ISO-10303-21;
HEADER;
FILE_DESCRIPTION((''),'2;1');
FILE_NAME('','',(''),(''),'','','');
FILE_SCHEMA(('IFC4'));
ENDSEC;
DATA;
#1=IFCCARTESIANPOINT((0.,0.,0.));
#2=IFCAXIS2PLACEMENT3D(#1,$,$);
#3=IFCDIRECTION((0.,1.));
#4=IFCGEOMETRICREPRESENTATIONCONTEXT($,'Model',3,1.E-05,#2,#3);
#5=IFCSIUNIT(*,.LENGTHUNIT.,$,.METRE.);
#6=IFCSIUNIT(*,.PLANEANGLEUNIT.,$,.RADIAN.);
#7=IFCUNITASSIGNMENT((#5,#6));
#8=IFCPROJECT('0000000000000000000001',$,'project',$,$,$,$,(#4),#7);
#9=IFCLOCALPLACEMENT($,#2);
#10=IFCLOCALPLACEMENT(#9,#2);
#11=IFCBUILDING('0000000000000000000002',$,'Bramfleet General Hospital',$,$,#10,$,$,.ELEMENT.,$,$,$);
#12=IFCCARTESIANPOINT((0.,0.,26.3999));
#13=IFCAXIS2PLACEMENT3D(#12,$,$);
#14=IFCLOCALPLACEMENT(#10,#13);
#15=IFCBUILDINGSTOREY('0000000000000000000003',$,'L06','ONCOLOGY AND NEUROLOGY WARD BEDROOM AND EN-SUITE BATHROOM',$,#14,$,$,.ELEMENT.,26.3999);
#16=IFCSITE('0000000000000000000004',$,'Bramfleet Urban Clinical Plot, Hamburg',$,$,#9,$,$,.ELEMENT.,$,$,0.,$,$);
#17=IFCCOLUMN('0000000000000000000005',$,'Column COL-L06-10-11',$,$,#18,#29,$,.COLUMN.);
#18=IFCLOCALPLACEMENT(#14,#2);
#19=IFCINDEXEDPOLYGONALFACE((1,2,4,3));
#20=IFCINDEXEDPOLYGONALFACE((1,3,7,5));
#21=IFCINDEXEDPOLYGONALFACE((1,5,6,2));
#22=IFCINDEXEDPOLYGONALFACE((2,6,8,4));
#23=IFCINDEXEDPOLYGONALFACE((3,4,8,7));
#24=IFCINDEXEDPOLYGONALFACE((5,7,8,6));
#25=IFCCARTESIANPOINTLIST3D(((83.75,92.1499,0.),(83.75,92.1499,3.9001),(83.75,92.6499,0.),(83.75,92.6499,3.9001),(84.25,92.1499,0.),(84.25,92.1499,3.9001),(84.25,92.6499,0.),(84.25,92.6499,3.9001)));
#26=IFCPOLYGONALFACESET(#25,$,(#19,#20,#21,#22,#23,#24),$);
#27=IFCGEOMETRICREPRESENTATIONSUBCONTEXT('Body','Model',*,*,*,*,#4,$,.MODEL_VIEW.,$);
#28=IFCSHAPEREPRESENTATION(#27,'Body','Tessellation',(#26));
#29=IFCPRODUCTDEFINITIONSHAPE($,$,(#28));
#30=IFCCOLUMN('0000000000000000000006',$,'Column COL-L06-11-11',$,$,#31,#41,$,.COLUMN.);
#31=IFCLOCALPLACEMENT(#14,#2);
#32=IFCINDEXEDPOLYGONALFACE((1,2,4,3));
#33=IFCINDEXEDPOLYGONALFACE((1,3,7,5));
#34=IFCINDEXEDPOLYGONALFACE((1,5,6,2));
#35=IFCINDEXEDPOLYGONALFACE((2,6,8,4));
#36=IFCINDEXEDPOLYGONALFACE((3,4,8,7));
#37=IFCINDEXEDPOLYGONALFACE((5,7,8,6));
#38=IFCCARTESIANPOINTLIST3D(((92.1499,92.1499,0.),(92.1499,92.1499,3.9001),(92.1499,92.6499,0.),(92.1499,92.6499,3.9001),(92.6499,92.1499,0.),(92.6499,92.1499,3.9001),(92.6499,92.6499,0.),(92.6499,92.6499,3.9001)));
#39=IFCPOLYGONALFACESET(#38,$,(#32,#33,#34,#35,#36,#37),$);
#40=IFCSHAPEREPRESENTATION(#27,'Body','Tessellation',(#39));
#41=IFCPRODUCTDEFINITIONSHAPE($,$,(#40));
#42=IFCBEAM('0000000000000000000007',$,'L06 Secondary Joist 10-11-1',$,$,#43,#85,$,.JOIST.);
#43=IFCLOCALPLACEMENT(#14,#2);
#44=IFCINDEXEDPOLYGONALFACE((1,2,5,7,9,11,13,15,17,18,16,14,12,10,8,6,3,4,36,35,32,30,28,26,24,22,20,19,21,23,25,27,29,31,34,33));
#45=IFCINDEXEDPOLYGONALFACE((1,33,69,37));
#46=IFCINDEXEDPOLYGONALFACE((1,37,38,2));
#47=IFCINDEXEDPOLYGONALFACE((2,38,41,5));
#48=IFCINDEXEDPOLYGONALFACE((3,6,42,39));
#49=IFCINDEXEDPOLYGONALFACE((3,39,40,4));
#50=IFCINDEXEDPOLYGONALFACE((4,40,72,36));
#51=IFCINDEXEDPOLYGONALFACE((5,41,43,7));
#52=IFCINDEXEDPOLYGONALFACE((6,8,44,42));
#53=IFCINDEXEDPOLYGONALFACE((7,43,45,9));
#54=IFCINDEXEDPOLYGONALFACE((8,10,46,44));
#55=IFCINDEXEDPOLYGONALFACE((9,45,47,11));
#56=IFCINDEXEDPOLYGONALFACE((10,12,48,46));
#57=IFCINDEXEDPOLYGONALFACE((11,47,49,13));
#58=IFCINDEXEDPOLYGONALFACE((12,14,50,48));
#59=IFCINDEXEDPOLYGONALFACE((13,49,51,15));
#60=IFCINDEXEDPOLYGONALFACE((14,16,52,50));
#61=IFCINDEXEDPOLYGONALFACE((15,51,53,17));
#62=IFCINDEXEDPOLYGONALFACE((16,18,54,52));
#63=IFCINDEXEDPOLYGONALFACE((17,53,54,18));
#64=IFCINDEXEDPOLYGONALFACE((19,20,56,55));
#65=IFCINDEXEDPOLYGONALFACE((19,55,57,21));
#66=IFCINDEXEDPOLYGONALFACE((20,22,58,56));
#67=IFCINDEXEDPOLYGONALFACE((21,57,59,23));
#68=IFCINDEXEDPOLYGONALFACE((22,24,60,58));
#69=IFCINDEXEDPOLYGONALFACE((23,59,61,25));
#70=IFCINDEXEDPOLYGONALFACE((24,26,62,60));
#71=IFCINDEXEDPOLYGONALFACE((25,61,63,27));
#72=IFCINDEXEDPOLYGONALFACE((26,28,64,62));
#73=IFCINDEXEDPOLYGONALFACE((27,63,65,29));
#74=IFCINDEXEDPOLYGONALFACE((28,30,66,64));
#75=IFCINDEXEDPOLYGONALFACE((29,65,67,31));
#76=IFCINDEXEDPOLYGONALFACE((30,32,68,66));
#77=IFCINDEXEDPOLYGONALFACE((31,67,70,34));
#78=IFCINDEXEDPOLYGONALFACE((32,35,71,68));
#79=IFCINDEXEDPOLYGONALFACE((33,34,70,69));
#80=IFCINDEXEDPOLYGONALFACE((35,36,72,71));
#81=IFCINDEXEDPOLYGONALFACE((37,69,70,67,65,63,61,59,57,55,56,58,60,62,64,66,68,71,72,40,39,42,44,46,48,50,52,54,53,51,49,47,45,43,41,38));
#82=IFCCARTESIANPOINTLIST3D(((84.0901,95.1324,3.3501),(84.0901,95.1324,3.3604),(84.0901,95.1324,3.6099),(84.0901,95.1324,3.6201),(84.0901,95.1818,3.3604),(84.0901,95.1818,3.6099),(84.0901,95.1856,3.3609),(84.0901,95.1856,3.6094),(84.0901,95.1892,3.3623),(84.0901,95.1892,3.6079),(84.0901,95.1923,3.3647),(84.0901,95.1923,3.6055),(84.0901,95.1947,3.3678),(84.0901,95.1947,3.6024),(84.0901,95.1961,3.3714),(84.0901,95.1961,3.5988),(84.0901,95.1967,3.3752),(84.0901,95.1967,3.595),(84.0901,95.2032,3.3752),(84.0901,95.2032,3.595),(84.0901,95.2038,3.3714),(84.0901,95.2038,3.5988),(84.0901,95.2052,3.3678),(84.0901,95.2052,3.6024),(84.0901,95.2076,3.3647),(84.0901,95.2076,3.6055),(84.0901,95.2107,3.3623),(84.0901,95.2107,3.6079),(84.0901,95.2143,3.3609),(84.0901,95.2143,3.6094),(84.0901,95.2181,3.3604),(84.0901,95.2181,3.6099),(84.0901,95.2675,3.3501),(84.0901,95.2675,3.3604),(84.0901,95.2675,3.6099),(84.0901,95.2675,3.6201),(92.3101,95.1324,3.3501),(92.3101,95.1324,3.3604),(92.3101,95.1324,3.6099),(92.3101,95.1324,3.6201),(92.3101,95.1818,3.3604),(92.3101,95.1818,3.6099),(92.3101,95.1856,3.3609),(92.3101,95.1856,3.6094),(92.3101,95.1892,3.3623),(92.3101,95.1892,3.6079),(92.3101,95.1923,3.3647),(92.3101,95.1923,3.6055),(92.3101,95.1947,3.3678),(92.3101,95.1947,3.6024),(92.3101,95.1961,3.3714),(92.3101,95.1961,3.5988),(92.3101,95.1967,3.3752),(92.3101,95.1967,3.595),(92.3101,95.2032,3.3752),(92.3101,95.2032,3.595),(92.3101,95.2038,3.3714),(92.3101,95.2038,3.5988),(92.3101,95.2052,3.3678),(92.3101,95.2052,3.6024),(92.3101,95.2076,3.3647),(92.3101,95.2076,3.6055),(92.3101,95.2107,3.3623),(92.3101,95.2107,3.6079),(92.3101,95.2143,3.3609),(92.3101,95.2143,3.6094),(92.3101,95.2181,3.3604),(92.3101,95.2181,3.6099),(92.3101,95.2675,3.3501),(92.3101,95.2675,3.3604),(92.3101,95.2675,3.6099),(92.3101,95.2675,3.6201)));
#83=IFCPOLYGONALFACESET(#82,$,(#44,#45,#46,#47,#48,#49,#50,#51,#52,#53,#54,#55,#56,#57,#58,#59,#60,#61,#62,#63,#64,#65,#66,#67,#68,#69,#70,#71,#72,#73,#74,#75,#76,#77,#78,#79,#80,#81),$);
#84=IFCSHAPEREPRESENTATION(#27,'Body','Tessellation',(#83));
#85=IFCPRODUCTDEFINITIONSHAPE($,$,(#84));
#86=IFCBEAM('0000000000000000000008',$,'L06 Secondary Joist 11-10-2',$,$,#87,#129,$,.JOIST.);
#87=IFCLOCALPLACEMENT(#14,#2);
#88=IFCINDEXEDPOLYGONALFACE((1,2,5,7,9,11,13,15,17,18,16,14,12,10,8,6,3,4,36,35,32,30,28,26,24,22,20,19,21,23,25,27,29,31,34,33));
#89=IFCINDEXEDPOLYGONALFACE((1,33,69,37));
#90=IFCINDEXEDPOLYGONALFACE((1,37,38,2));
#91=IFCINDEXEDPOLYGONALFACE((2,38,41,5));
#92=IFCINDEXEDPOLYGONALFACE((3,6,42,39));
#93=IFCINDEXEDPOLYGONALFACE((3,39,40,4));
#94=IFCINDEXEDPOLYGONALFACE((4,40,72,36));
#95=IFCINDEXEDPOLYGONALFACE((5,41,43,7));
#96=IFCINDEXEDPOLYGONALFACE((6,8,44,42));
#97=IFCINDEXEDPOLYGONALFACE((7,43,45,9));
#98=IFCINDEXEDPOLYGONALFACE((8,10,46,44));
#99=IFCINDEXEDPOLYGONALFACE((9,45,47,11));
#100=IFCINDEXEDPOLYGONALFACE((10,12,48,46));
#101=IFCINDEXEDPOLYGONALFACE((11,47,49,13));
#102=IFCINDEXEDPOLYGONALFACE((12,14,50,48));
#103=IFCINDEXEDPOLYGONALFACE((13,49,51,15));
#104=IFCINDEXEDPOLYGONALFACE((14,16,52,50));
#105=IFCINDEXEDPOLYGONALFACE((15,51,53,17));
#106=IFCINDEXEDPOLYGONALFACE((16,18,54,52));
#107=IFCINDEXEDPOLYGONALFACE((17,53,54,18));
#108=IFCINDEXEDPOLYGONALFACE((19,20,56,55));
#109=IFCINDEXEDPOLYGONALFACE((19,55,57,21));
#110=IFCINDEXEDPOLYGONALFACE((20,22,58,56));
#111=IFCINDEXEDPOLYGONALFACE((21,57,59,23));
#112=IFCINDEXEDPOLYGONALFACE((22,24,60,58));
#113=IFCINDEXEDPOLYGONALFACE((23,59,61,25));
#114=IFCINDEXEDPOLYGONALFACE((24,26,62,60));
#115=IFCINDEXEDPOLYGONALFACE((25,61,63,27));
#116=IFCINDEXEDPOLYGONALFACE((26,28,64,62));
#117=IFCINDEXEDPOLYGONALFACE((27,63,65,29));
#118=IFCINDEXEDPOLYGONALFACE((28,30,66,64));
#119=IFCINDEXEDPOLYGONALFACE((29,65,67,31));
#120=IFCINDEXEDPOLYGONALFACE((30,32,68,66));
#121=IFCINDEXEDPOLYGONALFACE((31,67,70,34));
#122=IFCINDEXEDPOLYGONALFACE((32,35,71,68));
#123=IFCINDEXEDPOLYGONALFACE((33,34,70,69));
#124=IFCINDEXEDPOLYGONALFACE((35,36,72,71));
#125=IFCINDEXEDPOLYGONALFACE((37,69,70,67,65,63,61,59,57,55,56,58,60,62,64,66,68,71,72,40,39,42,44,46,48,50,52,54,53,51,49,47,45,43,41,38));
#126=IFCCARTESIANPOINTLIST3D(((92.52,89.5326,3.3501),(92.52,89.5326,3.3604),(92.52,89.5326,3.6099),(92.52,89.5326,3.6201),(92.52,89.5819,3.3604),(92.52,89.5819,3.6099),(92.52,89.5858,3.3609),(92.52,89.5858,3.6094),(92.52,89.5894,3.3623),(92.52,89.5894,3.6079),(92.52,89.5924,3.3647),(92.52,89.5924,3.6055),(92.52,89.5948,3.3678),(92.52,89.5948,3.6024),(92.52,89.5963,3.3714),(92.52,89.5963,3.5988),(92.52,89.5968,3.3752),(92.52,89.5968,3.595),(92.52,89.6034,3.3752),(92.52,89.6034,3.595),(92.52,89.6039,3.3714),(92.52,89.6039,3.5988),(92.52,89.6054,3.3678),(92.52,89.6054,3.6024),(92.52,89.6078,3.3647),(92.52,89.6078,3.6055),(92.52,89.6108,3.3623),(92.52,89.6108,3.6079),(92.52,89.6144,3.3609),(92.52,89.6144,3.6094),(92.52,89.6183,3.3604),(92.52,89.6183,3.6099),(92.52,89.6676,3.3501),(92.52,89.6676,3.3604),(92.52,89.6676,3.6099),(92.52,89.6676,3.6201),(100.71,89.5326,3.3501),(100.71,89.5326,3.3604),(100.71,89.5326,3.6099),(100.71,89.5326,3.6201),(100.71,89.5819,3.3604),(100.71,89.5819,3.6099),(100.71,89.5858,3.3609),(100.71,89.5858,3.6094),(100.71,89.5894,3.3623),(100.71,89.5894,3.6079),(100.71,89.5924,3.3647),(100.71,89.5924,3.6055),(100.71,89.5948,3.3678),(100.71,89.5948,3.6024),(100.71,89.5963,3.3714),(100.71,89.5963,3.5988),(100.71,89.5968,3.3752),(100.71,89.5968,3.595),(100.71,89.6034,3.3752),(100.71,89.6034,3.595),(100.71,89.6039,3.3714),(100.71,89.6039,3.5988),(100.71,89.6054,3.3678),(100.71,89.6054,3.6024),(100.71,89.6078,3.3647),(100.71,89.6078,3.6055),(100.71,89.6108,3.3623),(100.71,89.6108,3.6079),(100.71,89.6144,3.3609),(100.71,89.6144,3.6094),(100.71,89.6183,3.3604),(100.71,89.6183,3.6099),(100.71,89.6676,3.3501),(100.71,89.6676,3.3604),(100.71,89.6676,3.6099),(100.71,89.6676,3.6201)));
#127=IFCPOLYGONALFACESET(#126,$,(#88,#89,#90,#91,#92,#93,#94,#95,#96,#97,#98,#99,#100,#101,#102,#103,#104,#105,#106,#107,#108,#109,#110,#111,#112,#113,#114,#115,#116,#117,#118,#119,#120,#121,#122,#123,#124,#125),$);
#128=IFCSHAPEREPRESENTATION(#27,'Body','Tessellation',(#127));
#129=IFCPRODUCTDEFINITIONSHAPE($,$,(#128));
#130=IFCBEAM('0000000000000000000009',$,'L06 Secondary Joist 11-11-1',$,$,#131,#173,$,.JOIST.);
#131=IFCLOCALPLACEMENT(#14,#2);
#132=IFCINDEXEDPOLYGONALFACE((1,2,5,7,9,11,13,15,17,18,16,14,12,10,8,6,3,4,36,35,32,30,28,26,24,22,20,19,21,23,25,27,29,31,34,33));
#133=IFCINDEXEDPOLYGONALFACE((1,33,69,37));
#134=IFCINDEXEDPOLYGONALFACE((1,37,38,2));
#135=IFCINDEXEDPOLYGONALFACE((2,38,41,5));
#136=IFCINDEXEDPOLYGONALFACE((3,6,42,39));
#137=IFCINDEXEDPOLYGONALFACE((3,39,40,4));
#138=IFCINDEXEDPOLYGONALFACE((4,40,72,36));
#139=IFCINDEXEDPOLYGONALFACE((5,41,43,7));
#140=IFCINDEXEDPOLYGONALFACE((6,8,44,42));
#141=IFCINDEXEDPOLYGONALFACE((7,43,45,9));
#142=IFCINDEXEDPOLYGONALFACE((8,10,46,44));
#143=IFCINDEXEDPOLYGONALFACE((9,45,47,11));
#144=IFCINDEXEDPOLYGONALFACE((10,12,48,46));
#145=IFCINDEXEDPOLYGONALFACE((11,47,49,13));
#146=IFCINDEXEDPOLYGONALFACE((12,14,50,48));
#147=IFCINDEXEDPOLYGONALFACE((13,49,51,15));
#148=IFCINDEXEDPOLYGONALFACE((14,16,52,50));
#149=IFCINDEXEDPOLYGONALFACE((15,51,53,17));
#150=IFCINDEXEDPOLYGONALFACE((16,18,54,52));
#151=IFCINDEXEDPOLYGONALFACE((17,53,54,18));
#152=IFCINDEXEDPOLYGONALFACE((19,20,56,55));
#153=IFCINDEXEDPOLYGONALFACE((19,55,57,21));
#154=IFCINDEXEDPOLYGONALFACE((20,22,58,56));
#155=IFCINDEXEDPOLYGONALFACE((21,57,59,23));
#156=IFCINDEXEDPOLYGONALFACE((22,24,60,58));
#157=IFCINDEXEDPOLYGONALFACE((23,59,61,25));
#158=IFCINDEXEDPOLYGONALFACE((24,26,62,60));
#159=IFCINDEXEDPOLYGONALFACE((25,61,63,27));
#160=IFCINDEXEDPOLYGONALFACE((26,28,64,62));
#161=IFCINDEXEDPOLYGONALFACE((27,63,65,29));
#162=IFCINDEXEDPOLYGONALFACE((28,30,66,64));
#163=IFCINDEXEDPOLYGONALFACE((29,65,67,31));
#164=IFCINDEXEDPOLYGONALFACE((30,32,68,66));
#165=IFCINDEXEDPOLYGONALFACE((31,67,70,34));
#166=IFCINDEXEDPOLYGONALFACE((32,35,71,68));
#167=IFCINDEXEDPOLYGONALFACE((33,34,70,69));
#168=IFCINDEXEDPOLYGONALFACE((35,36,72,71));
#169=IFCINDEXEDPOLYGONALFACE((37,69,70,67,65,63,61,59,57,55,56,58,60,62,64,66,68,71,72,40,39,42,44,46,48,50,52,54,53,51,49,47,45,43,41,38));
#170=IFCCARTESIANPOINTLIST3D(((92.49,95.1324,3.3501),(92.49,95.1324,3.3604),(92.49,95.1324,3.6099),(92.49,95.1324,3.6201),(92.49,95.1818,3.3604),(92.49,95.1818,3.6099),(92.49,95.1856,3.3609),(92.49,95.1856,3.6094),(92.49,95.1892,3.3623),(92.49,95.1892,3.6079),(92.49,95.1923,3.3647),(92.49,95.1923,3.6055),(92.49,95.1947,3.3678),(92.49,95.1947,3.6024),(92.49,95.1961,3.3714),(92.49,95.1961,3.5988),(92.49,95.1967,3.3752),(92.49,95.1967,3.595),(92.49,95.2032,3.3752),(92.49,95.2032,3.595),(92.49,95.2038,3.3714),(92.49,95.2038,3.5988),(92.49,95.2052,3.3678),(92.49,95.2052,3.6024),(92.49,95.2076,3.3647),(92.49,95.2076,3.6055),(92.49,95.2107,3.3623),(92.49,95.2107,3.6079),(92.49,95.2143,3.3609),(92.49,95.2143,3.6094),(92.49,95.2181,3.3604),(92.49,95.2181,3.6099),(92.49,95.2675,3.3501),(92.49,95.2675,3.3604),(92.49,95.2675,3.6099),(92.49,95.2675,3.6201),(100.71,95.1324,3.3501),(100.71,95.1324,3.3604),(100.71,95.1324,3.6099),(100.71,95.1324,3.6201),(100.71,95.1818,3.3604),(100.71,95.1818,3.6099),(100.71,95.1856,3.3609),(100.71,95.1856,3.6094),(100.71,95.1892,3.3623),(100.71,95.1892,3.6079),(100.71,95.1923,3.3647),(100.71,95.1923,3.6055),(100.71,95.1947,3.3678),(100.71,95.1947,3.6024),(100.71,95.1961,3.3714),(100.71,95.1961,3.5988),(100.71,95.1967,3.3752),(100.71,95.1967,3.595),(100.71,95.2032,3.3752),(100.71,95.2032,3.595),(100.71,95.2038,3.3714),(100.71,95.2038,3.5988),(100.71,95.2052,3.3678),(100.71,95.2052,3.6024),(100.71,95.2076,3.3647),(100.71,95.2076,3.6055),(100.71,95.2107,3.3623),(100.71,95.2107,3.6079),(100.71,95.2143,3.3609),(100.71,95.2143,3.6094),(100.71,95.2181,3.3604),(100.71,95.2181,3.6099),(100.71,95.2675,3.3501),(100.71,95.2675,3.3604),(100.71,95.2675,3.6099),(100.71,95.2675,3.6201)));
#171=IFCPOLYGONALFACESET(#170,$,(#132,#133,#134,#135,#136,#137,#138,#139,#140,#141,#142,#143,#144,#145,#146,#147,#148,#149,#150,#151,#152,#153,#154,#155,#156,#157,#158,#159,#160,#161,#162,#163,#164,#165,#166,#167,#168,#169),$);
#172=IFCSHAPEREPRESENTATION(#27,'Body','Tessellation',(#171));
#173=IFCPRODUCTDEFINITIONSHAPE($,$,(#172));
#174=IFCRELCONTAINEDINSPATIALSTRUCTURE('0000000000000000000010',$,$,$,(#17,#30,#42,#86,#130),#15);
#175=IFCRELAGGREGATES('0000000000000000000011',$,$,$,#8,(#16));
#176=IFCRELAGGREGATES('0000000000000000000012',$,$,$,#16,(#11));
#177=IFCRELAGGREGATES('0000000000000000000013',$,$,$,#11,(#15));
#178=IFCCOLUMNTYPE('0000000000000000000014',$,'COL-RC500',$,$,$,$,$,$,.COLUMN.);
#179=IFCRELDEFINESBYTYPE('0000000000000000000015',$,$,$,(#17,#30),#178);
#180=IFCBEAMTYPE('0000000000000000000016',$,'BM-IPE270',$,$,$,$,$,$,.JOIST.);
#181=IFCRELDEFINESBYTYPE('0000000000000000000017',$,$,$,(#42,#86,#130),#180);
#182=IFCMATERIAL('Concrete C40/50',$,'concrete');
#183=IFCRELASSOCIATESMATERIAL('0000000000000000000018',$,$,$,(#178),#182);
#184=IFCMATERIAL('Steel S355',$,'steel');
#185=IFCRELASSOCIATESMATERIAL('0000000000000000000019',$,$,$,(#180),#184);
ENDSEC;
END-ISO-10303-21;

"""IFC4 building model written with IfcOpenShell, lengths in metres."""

from ifc_helpers import new_model, si_unit, direction, frame, origin, origin_2d, place, context, subcontext, project, spatial, rectangle, i_section, extrude, material, material_profile, profile_set, type_object, element, save


model = new_model("IFC4")

# Units and contexts
model_context = context("Model", 3, precision=1e-05, world=origin(), true_north=direction((0.0, 1.0)))
body_context = subcontext(model_context, "Body", "Model", "MODEL_VIEW")
ifc_project = project(units=[si_unit("LENGTHUNIT", "METRE"), si_unit("PLANEANGLEUNIT", "RADIAN")], contexts=[model_context])

# Site, building, storey
site_placement = place(None, origin())
site = spatial("IfcSite", under=ifc_project, at=site_placement, Name="Bramfleet Urban Clinical Plot, Hamburg", CompositionType="ELEMENT", RefElevation=0.0)
building_placement = place(site_placement, origin())
building = spatial("IfcBuilding", under=site, at=building_placement, Name="Bramfleet General Hospital", CompositionType="ELEMENT")
storey_placement = place(building_placement, frame((0.0, 0.0, 26.3999)))
storey = spatial("IfcBuildingStorey", under=building, at=storey_placement, Name="L06", Description="ONCOLOGY AND NEUROLOGY WARD BEDROOM AND EN-SUITE BATHROOM", CompositionType="ELEMENT", Elevation=26.3999)

# Columns
ifc_material_1 = material(Name="Concrete C40/50", Category="concrete")
ifc_material_profile_1 = material_profile(ifc_material_1, rectangle(XDim=0.5, YDim=0.5, at=origin_2d()), Name="RC COL 500x500")
ifc_profile_set_1 = profile_set([ifc_material_profile_1], Name="Concrete C40/50")
column_type = type_object("IfcColumnType", Name="COL-RC500", PredefinedType="COLUMN", material=ifc_profile_set_1)
for number, where, z_axis, x_axis, name in (
    (1, (84.0, 92.3999, 0.0), (0.0, 0.0, 1.0), (1.0, 0.0, 0.0), "Column COL-L06-10-11"),
    (2, (92.3999, 92.3999, 0.0), (0.0, 0.0, 1.0), (1.0, 0.0, 0.0), "Column COL-L06-11-11"),
):
    element("IfcColumn", number, at=place(storey_placement, frame(where, z_axis=z_axis, x_axis=x_axis)), inside=storey, type_object=column_type, Name=name, PredefinedType="COLUMN", context=body_context, shape_type="SweptSolid", body=[
        extrude(rectangle(XDim=0.5, YDim=0.5, at=origin_2d()), origin(), (0.0, 0.0, 1.0), 3.9001),
    ])

# Beams
ifc_material_2 = material(Name="Steel S355", Category="steel")
ifc_material_profile_2 = material_profile(ifc_material_2, i_section(OverallWidth=0.135, OverallDepth=0.27, WebThickness=0.0066, FlangeThickness=0.0103, FilletRadius=0.0149, at=origin_2d()), Name="IPE 270")
ifc_profile_set_2 = profile_set([ifc_material_profile_2], Name="Steel S355")
beam_type_1 = type_object("IfcBeamType", Name="BM-IPE270", PredefinedType="JOIST", material=ifc_profile_set_2)
beam_1_placement = place(storey_placement, frame((84.0901, 95.2, 3.4851), z_axis=(1.0, 0.0, 0.0), x_axis=(0.0, 1.0, 0.0)))
element("IfcBeam", 3, at=beam_1_placement, inside=storey, type_object=beam_type_1, Name="L06 Secondary Joist 10-11-1", PredefinedType="JOIST", context=body_context, shape_type="SweptSolid", body=[
    extrude(i_section(OverallWidth=0.135, OverallDepth=0.27, WebThickness=0.0066, FlangeThickness=0.0103, FilletRadius=0.0149, at=origin_2d()), origin(), (0.0, 0.0, 1.0), 8.22),
])
beam_2_placement = place(storey_placement, frame((92.52, 89.6001, 3.4851), z_axis=(1.0, 0.0, 0.0), x_axis=(0.0, 1.0, 0.0)))
element("IfcBeam", 4, at=beam_2_placement, inside=storey, type_object=beam_type_1, Name="L06 Secondary Joist 11-10-2", PredefinedType="JOIST", context=body_context, shape_type="SweptSolid", body=[
    extrude(i_section(OverallWidth=0.135, OverallDepth=0.27, WebThickness=0.0066, FlangeThickness=0.0103, FilletRadius=0.0149, at=origin_2d()), origin(), (0.0, 0.0, 1.0), 8.1899),
])
beam_3_placement = place(storey_placement, frame((92.49, 95.2, 3.4851), z_axis=(1.0, 0.0, 0.0), x_axis=(0.0, 1.0, 0.0)))
element("IfcBeam", 5, at=beam_3_placement, inside=storey, type_object=beam_type_1, Name="L06 Secondary Joist 11-11-1", PredefinedType="JOIST", context=body_context, shape_type="SweptSolid", body=[
    extrude(i_section(OverallWidth=0.135, OverallDepth=0.27, WebThickness=0.0066, FlangeThickness=0.0103, FilletRadius=0.0149, at=origin_2d()), origin(), (0.0, 0.0, 1.0), 8.22),
])

save(model, "model.ifc")
